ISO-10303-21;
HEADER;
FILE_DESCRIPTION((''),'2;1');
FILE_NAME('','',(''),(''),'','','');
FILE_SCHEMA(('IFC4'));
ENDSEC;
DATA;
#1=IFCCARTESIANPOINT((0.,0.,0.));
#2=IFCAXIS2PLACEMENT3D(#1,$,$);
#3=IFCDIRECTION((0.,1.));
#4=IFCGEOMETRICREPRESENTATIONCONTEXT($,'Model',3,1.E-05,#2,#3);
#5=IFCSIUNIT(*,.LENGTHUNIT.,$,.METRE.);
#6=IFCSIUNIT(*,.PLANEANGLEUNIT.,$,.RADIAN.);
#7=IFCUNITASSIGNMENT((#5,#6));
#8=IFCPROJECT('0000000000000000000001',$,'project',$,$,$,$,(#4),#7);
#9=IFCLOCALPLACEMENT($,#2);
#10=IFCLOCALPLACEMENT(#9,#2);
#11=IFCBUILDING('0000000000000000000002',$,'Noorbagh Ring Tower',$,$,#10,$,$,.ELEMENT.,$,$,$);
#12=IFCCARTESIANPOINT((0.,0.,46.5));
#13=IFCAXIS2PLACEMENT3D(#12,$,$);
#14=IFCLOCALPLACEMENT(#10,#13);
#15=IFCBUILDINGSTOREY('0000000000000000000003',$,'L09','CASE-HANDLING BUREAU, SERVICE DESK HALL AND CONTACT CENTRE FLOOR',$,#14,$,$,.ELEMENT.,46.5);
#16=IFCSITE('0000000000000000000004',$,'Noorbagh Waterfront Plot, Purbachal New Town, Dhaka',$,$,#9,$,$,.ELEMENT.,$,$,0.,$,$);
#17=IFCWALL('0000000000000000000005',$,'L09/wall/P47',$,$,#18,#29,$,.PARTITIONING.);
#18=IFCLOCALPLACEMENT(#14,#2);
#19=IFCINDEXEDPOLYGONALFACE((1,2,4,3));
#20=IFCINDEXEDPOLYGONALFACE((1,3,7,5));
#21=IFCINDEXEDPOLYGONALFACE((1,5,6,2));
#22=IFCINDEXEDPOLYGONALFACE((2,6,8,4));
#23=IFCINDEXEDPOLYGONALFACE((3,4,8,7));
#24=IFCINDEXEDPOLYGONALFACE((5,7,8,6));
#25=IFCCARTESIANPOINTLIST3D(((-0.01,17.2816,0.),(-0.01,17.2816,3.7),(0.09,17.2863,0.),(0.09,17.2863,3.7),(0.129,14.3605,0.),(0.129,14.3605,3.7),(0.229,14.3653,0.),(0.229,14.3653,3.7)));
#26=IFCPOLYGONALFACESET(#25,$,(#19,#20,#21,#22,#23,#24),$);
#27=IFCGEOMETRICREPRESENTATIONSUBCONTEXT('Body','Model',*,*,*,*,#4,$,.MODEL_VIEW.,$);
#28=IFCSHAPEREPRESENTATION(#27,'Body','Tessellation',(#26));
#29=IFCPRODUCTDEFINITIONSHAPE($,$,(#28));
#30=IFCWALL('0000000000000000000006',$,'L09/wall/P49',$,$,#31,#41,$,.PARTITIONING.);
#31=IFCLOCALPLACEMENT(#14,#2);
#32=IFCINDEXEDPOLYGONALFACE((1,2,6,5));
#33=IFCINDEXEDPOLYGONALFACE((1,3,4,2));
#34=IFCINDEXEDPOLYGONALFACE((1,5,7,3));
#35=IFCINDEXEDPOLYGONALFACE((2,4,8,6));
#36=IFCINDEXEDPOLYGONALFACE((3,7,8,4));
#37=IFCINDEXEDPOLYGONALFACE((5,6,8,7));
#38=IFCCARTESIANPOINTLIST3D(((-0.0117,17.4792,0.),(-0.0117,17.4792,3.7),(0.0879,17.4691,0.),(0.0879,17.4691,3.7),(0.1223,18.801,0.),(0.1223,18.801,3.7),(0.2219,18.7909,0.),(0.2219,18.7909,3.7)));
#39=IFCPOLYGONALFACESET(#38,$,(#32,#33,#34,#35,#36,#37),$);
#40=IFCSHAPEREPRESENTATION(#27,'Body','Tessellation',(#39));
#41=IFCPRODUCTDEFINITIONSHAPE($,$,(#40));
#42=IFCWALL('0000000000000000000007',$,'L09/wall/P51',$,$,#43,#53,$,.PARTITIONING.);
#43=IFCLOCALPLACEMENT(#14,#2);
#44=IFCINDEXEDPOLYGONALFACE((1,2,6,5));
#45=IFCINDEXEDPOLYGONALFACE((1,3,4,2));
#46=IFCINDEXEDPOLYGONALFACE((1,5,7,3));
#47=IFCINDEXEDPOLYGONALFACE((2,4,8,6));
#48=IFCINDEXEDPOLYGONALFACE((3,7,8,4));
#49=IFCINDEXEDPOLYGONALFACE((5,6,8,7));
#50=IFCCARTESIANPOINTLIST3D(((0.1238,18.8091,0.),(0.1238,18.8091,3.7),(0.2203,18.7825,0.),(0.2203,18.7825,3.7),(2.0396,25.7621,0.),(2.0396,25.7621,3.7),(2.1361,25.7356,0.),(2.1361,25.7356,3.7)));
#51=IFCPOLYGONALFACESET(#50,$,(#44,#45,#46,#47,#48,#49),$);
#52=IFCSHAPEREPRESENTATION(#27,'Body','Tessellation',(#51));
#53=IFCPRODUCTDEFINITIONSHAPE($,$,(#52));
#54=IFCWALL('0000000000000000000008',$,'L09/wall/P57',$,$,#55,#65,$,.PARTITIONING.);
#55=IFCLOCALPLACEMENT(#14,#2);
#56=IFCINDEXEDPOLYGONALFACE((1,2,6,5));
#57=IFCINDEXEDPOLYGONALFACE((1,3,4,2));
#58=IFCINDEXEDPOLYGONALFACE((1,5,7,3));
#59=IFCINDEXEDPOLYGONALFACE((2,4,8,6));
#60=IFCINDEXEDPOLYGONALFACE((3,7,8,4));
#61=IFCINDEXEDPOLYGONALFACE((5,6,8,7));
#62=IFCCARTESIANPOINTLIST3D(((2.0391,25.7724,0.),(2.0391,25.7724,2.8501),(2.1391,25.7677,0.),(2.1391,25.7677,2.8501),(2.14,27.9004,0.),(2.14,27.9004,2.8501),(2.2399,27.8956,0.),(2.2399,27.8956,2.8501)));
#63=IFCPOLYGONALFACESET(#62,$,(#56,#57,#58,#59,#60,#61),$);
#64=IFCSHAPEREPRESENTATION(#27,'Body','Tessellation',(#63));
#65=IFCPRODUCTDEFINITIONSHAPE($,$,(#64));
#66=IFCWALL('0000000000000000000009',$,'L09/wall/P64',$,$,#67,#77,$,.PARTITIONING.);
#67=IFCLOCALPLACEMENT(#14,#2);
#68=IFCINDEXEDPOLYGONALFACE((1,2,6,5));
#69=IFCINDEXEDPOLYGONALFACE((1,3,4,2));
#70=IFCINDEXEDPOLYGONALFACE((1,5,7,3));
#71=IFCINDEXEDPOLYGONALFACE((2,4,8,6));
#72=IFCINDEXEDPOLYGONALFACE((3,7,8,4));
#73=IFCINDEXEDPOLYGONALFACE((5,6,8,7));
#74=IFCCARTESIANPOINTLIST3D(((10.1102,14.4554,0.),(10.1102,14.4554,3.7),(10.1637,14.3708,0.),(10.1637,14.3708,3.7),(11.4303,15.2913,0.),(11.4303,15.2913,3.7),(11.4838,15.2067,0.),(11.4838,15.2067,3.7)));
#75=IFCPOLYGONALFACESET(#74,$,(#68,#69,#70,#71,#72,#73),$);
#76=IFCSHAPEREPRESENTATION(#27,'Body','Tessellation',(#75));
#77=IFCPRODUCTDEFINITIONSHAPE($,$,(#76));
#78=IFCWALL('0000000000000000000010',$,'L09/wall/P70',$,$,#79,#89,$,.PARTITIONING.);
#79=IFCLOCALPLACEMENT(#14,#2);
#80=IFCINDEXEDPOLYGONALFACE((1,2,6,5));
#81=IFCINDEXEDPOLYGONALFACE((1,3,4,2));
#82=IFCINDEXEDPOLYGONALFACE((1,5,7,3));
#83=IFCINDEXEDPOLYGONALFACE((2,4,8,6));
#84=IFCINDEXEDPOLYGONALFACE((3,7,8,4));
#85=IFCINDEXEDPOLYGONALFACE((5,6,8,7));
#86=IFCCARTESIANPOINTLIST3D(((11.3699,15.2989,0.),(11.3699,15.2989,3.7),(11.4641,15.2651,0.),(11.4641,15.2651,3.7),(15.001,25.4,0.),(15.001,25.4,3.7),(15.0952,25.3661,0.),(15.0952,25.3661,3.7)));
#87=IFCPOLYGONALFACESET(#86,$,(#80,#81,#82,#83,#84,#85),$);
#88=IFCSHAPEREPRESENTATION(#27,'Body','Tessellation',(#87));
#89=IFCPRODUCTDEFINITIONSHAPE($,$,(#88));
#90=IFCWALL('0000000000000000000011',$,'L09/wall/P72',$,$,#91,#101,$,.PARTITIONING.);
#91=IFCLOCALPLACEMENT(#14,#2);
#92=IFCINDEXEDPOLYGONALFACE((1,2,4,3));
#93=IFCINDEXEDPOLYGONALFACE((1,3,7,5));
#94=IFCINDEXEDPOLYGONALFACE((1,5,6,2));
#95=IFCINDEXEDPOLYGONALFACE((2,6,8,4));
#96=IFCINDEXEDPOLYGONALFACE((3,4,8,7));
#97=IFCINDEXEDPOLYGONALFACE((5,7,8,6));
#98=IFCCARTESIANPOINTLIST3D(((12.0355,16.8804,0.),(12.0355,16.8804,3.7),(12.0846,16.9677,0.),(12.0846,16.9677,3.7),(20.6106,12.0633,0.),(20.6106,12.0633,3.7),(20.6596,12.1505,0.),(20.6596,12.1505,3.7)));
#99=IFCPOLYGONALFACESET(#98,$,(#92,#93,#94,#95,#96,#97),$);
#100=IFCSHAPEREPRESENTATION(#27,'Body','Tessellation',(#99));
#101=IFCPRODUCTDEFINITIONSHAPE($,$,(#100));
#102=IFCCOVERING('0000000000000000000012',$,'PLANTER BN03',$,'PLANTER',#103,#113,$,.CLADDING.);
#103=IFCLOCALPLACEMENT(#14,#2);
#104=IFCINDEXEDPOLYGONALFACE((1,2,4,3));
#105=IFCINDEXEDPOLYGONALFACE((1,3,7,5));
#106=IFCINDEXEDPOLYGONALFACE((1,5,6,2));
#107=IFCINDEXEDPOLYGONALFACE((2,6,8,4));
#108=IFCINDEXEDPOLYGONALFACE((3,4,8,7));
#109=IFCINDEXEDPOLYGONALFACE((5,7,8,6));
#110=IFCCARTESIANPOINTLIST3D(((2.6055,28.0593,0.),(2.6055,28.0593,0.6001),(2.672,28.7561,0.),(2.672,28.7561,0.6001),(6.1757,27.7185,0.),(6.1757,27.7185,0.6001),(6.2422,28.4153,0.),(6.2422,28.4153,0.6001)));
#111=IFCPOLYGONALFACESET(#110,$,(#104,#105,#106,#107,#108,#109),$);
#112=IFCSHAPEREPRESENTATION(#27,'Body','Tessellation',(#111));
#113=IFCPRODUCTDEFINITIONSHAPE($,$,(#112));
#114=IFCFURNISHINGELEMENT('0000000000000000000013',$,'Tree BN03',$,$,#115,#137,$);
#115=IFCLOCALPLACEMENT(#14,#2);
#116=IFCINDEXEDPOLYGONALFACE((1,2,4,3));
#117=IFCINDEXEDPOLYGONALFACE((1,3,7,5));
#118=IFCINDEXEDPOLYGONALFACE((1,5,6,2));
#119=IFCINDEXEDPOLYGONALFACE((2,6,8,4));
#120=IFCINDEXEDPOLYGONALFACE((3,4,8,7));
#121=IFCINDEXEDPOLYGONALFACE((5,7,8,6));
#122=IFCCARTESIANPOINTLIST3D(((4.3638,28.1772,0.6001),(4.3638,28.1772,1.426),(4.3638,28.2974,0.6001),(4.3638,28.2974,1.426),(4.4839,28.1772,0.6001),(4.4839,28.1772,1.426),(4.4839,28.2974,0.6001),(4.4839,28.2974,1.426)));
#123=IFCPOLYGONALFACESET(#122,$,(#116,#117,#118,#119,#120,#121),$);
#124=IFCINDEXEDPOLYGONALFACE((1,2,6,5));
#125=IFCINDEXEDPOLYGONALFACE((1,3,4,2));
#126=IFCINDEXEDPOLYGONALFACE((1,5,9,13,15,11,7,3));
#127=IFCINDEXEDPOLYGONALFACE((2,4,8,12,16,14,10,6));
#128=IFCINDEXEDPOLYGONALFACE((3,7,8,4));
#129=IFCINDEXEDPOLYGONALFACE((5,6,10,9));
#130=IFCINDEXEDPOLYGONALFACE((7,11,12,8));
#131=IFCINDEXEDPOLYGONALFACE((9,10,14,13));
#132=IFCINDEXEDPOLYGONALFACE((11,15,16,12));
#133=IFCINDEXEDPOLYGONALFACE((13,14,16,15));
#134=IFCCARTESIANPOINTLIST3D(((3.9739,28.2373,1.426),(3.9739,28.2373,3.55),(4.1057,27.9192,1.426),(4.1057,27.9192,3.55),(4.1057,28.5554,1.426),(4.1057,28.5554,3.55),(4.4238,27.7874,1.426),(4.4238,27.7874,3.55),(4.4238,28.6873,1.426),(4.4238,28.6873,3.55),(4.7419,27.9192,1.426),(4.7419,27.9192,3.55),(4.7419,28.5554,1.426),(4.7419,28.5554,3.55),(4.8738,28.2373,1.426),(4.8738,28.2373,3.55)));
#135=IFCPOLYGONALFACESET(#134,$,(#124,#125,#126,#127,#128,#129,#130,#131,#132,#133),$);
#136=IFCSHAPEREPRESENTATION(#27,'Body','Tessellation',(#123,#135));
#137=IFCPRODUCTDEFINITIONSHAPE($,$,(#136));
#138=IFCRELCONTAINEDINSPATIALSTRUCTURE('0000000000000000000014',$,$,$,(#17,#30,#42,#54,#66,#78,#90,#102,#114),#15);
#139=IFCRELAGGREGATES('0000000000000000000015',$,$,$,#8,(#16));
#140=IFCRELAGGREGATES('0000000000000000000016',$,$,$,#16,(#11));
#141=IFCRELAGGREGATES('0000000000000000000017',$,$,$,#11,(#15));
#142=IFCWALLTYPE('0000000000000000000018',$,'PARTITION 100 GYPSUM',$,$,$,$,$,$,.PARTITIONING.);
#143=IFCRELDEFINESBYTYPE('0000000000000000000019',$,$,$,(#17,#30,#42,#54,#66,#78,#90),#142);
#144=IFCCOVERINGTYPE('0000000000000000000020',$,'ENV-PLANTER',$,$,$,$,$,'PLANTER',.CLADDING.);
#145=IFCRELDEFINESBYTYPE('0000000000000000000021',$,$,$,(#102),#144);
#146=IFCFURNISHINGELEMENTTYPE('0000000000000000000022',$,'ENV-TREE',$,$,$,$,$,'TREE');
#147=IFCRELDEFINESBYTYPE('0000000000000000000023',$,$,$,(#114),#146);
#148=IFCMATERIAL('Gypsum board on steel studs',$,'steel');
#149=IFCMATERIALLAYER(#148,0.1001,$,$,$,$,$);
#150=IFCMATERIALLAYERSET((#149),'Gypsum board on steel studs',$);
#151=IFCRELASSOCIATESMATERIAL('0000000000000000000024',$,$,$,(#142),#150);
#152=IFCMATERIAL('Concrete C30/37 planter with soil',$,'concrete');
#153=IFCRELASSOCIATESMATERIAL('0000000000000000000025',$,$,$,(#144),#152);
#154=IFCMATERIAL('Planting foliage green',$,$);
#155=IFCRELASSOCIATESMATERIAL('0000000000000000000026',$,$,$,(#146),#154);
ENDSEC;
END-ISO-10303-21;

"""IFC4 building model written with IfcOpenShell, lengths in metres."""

from ifc_helpers import new_model, si_unit, direction, frame, frame_2d, origin, origin_2d, place, context, subcontext, project, spatial, polyline, rectangle, outline, extrude, material, layer, layer_set, type_object, element, save


model = new_model("IFC4")

# Units and contexts
model_context = context("Model", 3, precision=1e-05, world=origin(), true_north=direction((0.0, 1.0)))
body_context = subcontext(model_context, "Body", "Model", "MODEL_VIEW")
ifc_project = project(units=[si_unit("LENGTHUNIT", "METRE"), si_unit("PLANEANGLEUNIT", "RADIAN")], contexts=[model_context])

# Site, building, storey
site_placement = place(None, origin())
site = spatial("IfcSite", under=ifc_project, at=site_placement, Name="Noorbagh Waterfront Plot, Purbachal New Town, Dhaka", CompositionType="ELEMENT", RefElevation=0.0)
building_placement = place(site_placement, origin())
building = spatial("IfcBuilding", under=site, at=building_placement, Name="Noorbagh Ring Tower", CompositionType="ELEMENT")
storey_placement = place(building_placement, frame((0.0, 0.0, 46.5)))
storey = spatial("IfcBuildingStorey", under=building, at=storey_placement, Name="L09", Description="CASE-HANDLING BUREAU, SERVICE DESK HALL AND CONTACT CENTRE FLOOR", CompositionType="ELEMENT", Elevation=46.5)

# Walls
ifc_material_1 = material(Name="Gypsum board on steel studs", Category="steel")
ifc_layer_1 = layer(ifc_material_1, 0.1001)
ifc_layer_set_1 = layer_set([ifc_layer_1], Name="Gypsum board on steel studs")
wall_type_1 = type_object("IfcWallType", Name="PARTITION 100 GYPSUM", PredefinedType="PARTITIONING", material=ifc_layer_set_1)
wall_1_placement = place(storey_placement, frame((0.04, 17.2839, 0.0), z_axis=(0.0, 0.0, 1.0), x_axis=(0.047506, -0.998871, 0.0)))
element("IfcWall", 1, at=wall_1_placement, inside=storey, type_object=wall_type_1, Name="L09/wall/P47", PredefinedType="PARTITIONING", context=body_context, shape_type="SweptSolid", body=[
    extrude(rectangle(XDim=2.9243, YDim=0.1001, at=frame_2d((1.4622, 0.0))), origin(), (0.0, 0.0, 1.0), 3.7),
])
wall_2_placement = place(storey_placement, frame((0.0381, 17.4741, 0.0), z_axis=(0.0, 0.0, 1.0), x_axis=(0.100886, 0.994898, 0.0)))
element("IfcWall", 2, at=wall_2_placement, inside=storey, type_object=wall_type_1, Name="L09/wall/P49", PredefinedType="PARTITIONING", context=body_context, shape_type="SweptSolid", body=[
    extrude(rectangle(XDim=1.3286, YDim=0.1001, at=frame_2d((0.6643, 0.0))), origin(), (0.0, 0.0, 1.0), 3.7),
])
wall_3_placement = place(storey_placement, frame((0.1721, 18.7959, 0.0), z_axis=(0.0, 0.0, 1.0), x_axis=(0.265629, 0.964075, 0.0)))
element("IfcWall", 3, at=wall_3_placement, inside=storey, type_object=wall_type_1, Name="L09/wall/P51", PredefinedType="PARTITIONING", context=body_context, shape_type="SweptSolid", body=[
    extrude(rectangle(XDim=7.2122, YDim=0.1001, at=frame_2d((3.606, 0.0))), origin(), (0.0, 0.0, 1.0), 3.7),
])
wall_4_placement = place(storey_placement, frame((2.0891, 25.77, 0.0), z_axis=(0.0, 0.0, 1.0), x_axis=(0.047331, 0.998879, 0.0)))
element("IfcWall", 4, at=wall_4_placement, inside=storey, type_object=wall_type_1, Name="L09/wall/P57", PredefinedType="PARTITIONING", context=body_context, shape_type="SweptSolid", body=[
    extrude(rectangle(XDim=2.1304, YDim=0.1001, at=frame_2d((1.0652, 0.0))), origin(), (0.0, 0.0, 1.0), 2.8501),
])
wall_5_placement = place(storey_placement, frame((10.137, 14.4131, 0.0), z_axis=(0.0, 0.0, 1.0), x_axis=(0.84485, 0.535004, 0.0)))
element("IfcWall", 5, at=wall_5_placement, inside=storey, type_object=wall_type_1, Name="L09/wall/P64", PredefinedType="PARTITIONING", context=body_context, shape_type="SweptSolid", body=[
    extrude(rectangle(XDim=1.5625, YDim=0.1001, at=frame_2d((0.7812, 0.0))), origin(), (0.0, 0.0, 1.0), 3.7),
])
wall_6_placement = place(storey_placement, frame((11.417, 15.282, 0.0), z_axis=(0.0, 0.0, 1.0), x_axis=(0.338284, 0.941044, 0.0)))
element("IfcWall", 6, at=wall_6_placement, inside=storey, type_object=wall_type_1, Name="L09/wall/P70", PredefinedType="PARTITIONING", context=body_context, shape_type="SweptSolid", body=[
    extrude(rectangle(XDim=10.7339, YDim=0.1001, at=frame_2d((5.3669, 0.0))), origin(), (0.0, 0.0, 1.0), 3.7),
])
wall_7_placement = place(storey_placement, frame((12.0601, 16.9241, 0.0), z_axis=(0.0, 0.0, 1.0), x_axis=(0.871848, -0.489777, 0.0)))
element("IfcWall", 7, at=wall_7_placement, inside=storey, type_object=wall_type_1, Name="L09/wall/P72", PredefinedType="PARTITIONING", context=body_context, shape_type="SweptSolid", body=[
    extrude(rectangle(XDim=9.8354, YDim=0.1001, at=frame_2d((4.9177, 0.0))), origin(), (0.0, 0.0, 1.0), 3.7),
])

# Covering
ifc_material_2 = material(Name="Concrete C30/37 planter with soil", Category="concrete")
covering_type = type_object("IfcCoveringType", Name="ENV-PLANTER", ElementType="PLANTER", PredefinedType="CLADDING", material=ifc_material_2)
covering_placement = place(storey_placement, frame((4.4238, 28.2373, 0.0), z_axis=(0.0, 0.0, 1.0), x_axis=(-0.995476, 0.095008, 0.0)))
element("IfcCovering", 8, at=covering_placement, inside=storey, type_object=covering_type, Name="PLANTER BN03", ObjectType="PLANTER", PredefinedType="CLADDING", context=body_context, shape_type="SweptSolid", body=[
    extrude(rectangle(XDim=3.5864, YDim=0.7, at=origin_2d()), origin(), (0.0, 0.0, 1.0), 0.6001),
])

# Furnishing element
ifc_material_3 = material(Name="Planting foliage green")
furnishing_element_type = type_object("IfcFurnishingElementType", Name="ENV-TREE", ElementType="TREE", material=ifc_material_3)
furnishing_placement = place(storey_placement, frame((4.4238, 28.2373, 0.6001), z_axis=(0.0, 0.0, 1.0), x_axis=(1.0, 0.0, 0.0)))
element("IfcFurnishingElement", 9, at=furnishing_placement, inside=storey, type_object=furnishing_element_type, Name="Tree BN03", context=body_context, shape_type="SweptSolid", body=[
    extrude(rectangle(XDim=0.1201, YDim=0.1201, at=origin_2d()), origin(), (0.0, 0.0, 1.0), 0.8259),
    extrude(outline(polyline([(0.45, 0.0), (0.3181, 0.3181), (0.0, 0.45), (-0.3181, 0.3181), (-0.45, 0.0), (-0.3181, -0.3181), (0.0, -0.45), (0.3181, -0.3181), (0.45, 0.0)])), frame((0.0, 0.0, 0.8259)), (0.0, 0.0, 1.0), 2.124),
])

save(model, "model.ifc")
